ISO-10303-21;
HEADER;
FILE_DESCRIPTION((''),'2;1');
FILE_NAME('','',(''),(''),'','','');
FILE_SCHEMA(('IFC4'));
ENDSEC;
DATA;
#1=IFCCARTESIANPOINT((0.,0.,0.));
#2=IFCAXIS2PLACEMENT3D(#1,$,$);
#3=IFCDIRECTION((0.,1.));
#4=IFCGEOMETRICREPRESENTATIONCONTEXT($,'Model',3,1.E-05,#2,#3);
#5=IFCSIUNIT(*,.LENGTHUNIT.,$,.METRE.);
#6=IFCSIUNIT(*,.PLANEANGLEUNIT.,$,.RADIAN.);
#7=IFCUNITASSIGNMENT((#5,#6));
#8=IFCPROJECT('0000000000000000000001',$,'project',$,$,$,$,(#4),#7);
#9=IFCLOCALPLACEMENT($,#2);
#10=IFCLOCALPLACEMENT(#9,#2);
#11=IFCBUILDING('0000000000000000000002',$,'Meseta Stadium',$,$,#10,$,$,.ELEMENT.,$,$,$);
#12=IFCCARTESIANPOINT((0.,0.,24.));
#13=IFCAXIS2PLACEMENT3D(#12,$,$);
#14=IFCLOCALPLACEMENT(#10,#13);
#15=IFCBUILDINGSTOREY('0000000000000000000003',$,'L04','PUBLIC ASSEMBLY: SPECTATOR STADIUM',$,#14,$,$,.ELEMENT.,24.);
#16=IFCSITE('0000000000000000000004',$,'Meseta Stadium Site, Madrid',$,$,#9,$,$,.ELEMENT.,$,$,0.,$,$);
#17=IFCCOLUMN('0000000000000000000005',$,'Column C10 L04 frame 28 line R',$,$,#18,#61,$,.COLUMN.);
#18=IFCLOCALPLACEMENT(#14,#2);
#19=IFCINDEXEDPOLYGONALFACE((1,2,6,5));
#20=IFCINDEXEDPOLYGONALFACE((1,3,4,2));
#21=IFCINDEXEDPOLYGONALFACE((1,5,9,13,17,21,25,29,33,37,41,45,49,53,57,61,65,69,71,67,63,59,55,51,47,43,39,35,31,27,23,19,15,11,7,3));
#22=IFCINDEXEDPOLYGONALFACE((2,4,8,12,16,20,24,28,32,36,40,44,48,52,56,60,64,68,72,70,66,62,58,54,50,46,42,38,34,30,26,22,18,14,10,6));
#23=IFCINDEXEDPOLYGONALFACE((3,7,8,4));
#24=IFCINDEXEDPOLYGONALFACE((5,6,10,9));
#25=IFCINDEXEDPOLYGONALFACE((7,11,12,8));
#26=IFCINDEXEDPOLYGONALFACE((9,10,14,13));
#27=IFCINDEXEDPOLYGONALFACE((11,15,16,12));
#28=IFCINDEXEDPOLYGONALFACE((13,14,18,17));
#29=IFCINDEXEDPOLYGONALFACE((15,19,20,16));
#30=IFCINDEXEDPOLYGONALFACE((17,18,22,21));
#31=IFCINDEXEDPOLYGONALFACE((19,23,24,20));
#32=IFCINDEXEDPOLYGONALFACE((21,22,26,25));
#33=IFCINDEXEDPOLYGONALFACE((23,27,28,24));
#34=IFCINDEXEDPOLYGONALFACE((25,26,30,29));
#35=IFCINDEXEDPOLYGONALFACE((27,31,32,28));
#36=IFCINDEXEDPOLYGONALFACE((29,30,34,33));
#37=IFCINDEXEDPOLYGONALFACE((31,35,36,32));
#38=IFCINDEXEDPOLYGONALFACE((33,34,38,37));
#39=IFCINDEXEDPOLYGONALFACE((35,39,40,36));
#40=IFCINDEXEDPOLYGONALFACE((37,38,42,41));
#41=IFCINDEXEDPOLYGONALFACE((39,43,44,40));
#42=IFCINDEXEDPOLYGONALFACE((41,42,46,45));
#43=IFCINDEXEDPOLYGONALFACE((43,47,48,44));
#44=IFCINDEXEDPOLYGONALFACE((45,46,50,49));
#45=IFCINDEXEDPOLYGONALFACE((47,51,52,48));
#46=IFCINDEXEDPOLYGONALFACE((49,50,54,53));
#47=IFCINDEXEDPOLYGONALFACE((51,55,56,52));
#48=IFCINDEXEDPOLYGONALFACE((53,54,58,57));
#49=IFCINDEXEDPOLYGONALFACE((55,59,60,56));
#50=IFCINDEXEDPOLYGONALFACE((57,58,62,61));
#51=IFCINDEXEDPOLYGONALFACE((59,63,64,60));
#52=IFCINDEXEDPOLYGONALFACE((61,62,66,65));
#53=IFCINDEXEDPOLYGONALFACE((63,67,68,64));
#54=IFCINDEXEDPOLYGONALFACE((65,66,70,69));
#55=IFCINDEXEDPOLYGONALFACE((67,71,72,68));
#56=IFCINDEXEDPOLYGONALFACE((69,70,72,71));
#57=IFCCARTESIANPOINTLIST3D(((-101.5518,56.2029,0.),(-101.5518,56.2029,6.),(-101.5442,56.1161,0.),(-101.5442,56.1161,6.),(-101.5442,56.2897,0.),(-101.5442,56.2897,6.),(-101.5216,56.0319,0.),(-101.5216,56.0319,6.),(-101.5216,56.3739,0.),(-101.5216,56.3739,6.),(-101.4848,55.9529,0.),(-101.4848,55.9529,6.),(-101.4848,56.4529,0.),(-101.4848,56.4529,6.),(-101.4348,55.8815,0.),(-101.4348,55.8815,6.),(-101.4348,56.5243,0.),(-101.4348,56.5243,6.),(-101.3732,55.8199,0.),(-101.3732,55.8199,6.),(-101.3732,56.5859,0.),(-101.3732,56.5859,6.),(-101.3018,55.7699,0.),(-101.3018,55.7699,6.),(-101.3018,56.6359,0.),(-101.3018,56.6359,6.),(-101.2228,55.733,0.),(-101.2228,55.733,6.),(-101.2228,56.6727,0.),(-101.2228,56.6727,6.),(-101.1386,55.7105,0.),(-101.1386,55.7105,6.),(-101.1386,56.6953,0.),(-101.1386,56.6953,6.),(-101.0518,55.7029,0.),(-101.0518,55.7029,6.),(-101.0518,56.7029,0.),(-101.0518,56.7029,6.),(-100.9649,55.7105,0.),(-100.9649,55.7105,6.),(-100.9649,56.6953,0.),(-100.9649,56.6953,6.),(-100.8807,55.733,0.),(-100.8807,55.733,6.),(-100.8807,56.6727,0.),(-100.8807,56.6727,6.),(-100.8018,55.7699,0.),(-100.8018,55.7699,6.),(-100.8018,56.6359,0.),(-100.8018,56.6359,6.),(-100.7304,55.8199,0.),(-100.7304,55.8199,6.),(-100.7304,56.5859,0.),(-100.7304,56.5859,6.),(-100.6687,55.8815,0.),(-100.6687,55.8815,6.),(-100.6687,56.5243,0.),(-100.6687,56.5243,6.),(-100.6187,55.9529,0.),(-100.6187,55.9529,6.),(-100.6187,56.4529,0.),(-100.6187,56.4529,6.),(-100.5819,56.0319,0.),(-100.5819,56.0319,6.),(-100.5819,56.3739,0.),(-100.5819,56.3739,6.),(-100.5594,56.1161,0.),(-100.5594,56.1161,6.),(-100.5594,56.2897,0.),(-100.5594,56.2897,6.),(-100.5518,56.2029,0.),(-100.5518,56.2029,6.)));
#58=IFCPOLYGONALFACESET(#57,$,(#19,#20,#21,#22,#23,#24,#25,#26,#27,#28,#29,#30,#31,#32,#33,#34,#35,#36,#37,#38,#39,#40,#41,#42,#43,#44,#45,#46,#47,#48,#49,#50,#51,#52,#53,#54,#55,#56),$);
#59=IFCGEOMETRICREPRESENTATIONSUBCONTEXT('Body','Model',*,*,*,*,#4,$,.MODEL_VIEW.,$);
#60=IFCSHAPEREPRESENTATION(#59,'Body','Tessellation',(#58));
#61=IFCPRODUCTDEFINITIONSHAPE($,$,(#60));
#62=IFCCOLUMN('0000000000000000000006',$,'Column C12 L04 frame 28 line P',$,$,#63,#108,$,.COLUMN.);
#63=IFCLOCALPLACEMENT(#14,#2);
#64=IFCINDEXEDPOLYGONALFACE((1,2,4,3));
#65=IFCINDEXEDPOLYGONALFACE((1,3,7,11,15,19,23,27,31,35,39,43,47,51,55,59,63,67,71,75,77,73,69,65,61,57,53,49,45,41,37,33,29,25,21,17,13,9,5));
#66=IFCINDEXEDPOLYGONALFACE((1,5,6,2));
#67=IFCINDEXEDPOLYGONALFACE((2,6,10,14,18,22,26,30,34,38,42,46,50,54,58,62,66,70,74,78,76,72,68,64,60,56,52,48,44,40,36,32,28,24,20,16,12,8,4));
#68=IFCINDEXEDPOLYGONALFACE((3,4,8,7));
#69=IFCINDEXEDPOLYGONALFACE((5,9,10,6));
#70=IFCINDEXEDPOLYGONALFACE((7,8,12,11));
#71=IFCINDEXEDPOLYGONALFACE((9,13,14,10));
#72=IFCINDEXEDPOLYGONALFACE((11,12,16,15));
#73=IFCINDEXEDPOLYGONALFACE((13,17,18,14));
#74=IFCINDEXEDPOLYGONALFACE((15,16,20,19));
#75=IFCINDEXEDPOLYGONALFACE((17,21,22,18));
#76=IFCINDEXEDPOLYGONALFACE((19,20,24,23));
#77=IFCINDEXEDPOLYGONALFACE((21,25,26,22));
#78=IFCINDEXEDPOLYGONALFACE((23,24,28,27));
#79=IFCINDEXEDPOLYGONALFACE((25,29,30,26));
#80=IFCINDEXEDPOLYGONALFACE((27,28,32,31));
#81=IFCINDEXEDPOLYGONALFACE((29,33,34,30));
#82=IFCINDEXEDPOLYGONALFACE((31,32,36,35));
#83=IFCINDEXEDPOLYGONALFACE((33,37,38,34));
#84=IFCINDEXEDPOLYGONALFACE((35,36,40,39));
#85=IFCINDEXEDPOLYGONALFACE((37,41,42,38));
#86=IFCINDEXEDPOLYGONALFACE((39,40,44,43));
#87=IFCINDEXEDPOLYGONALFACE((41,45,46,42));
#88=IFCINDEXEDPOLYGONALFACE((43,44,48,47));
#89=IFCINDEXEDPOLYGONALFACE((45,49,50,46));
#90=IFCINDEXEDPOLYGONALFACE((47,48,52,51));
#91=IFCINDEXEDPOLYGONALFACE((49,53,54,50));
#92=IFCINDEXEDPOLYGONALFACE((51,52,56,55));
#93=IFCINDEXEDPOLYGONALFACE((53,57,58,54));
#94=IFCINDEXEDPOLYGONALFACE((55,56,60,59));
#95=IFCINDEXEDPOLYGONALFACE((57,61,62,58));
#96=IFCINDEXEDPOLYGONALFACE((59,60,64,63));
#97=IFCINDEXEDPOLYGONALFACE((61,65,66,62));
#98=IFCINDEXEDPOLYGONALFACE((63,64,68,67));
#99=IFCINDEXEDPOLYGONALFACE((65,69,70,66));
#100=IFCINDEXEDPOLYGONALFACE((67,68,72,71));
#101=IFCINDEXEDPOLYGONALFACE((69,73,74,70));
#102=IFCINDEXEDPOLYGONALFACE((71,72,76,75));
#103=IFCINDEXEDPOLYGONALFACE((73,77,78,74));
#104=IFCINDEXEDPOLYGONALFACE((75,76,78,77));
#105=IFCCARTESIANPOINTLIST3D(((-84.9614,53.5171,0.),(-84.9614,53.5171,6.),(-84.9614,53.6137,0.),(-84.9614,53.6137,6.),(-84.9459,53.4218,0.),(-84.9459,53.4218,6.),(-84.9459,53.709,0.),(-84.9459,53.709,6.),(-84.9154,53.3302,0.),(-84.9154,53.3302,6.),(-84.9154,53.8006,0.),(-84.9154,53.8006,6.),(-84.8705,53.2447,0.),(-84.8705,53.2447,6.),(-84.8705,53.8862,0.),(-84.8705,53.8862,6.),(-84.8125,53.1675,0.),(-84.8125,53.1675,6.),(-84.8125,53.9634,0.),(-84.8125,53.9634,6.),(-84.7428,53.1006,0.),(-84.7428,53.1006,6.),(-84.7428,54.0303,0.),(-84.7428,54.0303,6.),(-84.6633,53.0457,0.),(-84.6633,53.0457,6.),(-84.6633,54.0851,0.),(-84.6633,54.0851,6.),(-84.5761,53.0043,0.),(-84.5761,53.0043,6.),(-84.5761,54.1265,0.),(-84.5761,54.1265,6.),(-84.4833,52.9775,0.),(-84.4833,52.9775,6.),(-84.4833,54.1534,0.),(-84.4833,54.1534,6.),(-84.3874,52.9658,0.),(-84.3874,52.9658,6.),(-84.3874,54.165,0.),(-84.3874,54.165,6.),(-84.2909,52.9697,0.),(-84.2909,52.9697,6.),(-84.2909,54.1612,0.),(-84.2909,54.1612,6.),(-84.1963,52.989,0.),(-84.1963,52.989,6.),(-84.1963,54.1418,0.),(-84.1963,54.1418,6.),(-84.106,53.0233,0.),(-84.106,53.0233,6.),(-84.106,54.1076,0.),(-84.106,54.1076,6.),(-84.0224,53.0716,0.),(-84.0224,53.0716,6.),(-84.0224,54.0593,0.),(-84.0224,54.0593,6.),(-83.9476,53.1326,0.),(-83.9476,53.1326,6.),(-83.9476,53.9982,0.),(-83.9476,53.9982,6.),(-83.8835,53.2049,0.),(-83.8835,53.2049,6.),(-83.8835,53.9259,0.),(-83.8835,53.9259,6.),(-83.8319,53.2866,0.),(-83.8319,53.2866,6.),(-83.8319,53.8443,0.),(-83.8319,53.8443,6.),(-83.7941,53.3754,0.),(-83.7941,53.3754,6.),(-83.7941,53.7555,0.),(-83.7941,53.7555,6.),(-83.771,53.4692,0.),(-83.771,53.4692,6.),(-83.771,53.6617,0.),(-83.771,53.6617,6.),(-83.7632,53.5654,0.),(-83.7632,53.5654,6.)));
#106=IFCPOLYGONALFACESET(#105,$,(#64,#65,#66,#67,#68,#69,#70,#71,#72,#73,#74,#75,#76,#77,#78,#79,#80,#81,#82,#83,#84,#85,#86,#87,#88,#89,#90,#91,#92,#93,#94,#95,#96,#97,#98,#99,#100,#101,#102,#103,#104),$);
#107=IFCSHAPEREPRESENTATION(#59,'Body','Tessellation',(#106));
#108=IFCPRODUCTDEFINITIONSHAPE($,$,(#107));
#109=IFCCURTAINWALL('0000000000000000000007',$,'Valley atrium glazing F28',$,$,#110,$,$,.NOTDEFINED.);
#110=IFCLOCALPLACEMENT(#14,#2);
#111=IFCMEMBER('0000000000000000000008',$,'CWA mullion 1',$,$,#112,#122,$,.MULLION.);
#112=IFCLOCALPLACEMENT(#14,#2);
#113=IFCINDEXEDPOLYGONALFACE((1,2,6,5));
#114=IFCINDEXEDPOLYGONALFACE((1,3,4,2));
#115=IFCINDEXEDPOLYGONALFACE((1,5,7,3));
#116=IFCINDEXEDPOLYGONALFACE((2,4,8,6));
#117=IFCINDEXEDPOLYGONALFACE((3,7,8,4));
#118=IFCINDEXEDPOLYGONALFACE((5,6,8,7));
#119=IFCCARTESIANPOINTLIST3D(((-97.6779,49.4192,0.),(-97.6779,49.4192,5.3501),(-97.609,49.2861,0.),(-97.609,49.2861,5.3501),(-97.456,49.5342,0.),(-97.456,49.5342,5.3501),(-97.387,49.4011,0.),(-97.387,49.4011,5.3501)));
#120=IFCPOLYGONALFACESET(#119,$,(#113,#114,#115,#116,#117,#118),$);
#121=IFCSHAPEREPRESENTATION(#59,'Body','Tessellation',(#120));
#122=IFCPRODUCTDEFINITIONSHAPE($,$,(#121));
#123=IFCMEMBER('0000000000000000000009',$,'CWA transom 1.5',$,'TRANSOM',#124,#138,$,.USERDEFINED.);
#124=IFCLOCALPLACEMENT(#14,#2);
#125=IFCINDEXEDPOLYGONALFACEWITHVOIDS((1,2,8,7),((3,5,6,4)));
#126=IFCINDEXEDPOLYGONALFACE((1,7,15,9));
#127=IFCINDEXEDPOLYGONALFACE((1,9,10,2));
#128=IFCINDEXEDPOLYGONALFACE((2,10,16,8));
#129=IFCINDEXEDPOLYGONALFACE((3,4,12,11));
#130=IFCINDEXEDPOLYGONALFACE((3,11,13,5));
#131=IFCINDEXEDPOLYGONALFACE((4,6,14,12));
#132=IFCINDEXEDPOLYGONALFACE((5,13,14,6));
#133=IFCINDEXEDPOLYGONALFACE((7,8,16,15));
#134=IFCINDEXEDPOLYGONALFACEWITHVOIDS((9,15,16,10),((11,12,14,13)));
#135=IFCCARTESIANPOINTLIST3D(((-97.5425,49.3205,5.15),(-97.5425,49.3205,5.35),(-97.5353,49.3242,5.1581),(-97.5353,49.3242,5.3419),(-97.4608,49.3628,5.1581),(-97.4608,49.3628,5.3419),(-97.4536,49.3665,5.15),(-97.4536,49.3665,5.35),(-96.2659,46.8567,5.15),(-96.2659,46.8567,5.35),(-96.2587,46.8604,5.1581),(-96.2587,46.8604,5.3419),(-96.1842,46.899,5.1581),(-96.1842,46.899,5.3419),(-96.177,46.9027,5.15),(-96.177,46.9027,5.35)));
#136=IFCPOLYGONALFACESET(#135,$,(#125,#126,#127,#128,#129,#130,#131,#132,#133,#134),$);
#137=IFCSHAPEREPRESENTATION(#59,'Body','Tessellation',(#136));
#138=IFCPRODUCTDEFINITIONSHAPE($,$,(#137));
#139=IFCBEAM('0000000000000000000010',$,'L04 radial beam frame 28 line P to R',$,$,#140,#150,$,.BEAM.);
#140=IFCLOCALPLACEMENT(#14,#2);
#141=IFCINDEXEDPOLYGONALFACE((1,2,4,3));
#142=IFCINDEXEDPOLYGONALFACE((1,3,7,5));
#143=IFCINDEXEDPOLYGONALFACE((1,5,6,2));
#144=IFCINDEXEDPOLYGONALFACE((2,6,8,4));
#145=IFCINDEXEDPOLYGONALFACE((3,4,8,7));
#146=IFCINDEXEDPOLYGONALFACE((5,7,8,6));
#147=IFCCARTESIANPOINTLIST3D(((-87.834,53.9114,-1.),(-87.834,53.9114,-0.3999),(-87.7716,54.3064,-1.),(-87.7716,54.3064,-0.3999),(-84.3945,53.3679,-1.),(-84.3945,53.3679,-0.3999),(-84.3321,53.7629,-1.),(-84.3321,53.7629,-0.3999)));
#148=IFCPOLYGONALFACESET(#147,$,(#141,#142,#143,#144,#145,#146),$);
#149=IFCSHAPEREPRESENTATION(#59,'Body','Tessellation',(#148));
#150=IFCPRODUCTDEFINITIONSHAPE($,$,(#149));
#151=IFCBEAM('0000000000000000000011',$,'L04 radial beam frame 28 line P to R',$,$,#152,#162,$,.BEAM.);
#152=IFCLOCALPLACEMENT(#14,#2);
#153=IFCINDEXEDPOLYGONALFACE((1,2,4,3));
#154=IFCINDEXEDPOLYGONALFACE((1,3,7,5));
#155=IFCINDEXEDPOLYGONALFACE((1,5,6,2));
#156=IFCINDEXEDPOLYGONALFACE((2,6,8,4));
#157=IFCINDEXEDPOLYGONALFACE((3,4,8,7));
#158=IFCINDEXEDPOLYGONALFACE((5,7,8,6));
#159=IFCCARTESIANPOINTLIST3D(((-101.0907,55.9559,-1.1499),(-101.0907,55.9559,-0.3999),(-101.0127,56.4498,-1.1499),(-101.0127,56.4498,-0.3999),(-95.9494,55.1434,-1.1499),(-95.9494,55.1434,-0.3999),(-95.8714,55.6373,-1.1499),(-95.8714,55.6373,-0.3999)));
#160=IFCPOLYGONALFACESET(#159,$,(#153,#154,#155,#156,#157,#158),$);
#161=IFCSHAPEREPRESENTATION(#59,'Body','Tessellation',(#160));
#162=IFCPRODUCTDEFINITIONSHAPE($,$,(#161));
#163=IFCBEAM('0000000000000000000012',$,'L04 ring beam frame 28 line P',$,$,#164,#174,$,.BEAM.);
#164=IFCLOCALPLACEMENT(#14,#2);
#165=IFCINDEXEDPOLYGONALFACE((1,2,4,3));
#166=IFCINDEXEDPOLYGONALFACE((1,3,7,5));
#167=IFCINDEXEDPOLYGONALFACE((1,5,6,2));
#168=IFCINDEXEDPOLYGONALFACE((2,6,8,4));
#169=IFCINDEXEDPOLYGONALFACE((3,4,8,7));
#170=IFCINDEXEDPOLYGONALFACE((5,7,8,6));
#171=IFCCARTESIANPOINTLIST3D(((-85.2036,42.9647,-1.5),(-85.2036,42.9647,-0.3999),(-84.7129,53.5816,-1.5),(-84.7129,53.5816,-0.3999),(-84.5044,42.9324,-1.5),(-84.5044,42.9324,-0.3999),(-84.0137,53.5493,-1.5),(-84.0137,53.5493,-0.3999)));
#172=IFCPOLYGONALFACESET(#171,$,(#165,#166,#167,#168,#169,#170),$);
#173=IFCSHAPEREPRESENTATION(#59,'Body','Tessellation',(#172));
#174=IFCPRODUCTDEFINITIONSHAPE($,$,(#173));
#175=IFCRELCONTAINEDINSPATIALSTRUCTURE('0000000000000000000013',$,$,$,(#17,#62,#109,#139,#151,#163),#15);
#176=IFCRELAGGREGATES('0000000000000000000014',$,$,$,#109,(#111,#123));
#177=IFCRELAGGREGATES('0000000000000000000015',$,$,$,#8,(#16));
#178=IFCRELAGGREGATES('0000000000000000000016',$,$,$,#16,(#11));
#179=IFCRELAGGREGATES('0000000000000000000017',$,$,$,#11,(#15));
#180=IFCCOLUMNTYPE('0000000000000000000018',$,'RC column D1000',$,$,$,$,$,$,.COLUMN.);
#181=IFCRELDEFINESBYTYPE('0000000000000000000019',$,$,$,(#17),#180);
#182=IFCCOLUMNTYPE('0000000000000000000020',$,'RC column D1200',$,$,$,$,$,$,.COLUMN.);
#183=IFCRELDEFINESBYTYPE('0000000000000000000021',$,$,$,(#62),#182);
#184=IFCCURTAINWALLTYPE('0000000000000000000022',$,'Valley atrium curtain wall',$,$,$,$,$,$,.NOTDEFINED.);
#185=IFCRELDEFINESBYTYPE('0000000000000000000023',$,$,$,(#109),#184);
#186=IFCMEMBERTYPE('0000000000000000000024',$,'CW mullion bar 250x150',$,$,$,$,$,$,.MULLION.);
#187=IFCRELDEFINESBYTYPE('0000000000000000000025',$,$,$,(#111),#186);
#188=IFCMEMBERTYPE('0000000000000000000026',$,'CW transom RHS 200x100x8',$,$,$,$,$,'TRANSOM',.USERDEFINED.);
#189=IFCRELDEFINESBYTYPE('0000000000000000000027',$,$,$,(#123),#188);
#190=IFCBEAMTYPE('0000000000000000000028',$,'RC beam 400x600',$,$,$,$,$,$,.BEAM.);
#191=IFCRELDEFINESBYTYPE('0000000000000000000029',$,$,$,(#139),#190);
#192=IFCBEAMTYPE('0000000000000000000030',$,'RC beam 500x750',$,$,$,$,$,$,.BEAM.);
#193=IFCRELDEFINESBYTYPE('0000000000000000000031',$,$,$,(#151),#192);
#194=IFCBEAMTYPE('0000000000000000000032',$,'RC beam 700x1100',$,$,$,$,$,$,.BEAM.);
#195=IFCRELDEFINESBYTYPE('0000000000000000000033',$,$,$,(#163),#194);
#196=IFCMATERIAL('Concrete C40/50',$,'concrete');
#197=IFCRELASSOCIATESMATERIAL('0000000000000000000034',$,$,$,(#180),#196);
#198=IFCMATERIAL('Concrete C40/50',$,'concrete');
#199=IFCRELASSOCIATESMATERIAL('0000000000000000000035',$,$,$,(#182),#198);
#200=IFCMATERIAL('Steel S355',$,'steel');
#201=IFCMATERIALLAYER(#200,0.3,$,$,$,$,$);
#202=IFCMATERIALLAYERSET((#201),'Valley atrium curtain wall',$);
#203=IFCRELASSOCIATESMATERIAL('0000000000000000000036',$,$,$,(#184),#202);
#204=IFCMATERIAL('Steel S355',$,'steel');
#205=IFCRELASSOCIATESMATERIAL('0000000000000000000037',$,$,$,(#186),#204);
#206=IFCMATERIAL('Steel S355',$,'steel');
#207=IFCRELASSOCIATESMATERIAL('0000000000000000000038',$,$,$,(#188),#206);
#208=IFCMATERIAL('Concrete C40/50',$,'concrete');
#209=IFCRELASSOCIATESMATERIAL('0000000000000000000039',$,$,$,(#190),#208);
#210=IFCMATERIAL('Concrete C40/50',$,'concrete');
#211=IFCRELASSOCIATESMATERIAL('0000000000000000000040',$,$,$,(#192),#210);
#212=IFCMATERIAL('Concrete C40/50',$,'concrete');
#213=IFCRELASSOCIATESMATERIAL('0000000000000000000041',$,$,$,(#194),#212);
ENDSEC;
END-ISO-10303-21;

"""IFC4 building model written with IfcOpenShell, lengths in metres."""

from ifc_helpers import new_model, si_unit, direction, frame, origin, origin_2d, place, context, subcontext, project, spatial, rectangle, hollow_rectangle, circle, extrude, material, layer, layer_set, material_profile, profile_set, type_object, element, aggregate, save


model = new_model("IFC4")

# Units and contexts
model_context = context("Model", 3, precision=1e-05, world=origin(), true_north=direction((0.0, 1.0)))
body_context = subcontext(model_context, "Body", "Model", "MODEL_VIEW")
ifc_project = project(units=[si_unit("LENGTHUNIT", "METRE"), si_unit("PLANEANGLEUNIT", "RADIAN")], contexts=[model_context])

# Site, building, storey
site_placement = place(None, origin())
site = spatial("IfcSite", under=ifc_project, at=site_placement, Name="Meseta Stadium Site, Madrid", CompositionType="ELEMENT", RefElevation=0.0)
building_placement = place(site_placement, origin())
building = spatial("IfcBuilding", under=site, at=building_placement, Name="Meseta Stadium", CompositionType="ELEMENT")
storey_placement = place(building_placement, frame((0.0, 0.0, 24.0)))
storey = spatial("IfcBuildingStorey", under=building, at=storey_placement, Name="L04", Description="PUBLIC ASSEMBLY: SPECTATOR STADIUM", CompositionType="ELEMENT", Elevation=24.0)

# Columns
ifc_material_1 = material(Name="Concrete C40/50", Category="concrete")
ifc_material_profile_1 = material_profile(ifc_material_1, circle(Radius=0.5, at=origin_2d()), Name="RC D1000")
ifc_profile_set_1 = profile_set([ifc_material_profile_1], Name="Concrete C40/50")
column_type_1 = type_object("IfcColumnType", Name="RC column D1000", PredefinedType="COLUMN", material=ifc_profile_set_1)
column_1_placement = place(storey_placement, frame((-101.0518, 56.2029, 0.0), z_axis=(0.0, 0.0, 1.0), x_axis=(1.0, 0.0, 0.0)))
element("IfcColumn", 1, at=column_1_placement, inside=storey, type_object=column_type_1, Name="Column C10 L04 frame 28 line R", PredefinedType="COLUMN", context=body_context, shape_type="SweptSolid", body=[
    extrude(circle(Radius=0.5, at=origin_2d()), origin(), (0.0, 0.0, 1.0), 6.0),
])
ifc_material_2 = material(Name="Concrete C40/50", Category="concrete")
ifc_material_profile_2 = material_profile(ifc_material_2, circle(Radius=0.6001, at=origin_2d()), Name="RC D1200")
ifc_profile_set_2 = profile_set([ifc_material_profile_2], Name="Concrete C40/50")
column_type_2 = type_object("IfcColumnType", Name="RC column D1200", PredefinedType="COLUMN", material=ifc_profile_set_2)
column_2_placement = place(storey_placement, frame((-84.3633, 53.5654, 0.0), z_axis=(0.0, 0.0, 1.0), x_axis=(1.0, 0.0, 0.0)))
element("IfcColumn", 2, at=column_2_placement, inside=storey, type_object=column_type_2, Name="Column C12 L04 frame 28 line P", PredefinedType="COLUMN", context=body_context, shape_type="SweptSolid", body=[
    extrude(circle(Radius=0.6001, at=origin_2d()), origin(), (0.0, 0.0, 1.0), 6.0),
])

# Curtain wall, members
ifc_material_3 = material(Name="Steel S355", Category="steel")
ifc_layer_1 = layer(ifc_material_3, 0.3)
ifc_layer_set_1 = layer_set([ifc_layer_1], Name="Valley atrium curtain wall")
curtain_wall_type = type_object("IfcCurtainWallType", Name="Valley atrium curtain wall", PredefinedType="NOTDEFINED", material=ifc_layer_set_1)
curtain_wall_placement = place(storey_placement, origin())
curtain_wall = element("IfcCurtainWall", 3, at=curtain_wall_placement, inside=storey, type_object=curtain_wall_type, Name="Valley atrium glazing F28", PredefinedType="NOTDEFINED")
ifc_material_4 = material(Name="Steel S355", Category="steel")
ifc_material_profile_3 = material_profile(ifc_material_4, rectangle(XDim=0.25, YDim=0.1499, at=origin_2d()), Name="CW 250x150")
ifc_profile_set_3 = profile_set([ifc_material_profile_3], Name="Steel S355")
member_type_1 = type_object("IfcMemberType", Name="CW mullion bar 250x150", PredefinedType="MULLION", material=ifc_profile_set_3)
member_1_placement = place(storey_placement, frame((-97.5325, 49.4102, 0.0), z_axis=(0.0, 0.0, 1.0), x_axis=(0.887911, 0.460016, 0.0)))
member_1 = element("IfcMember", 4, at=member_1_placement, type_object=member_type_1, Name="CWA mullion 1", PredefinedType="MULLION", context=body_context, shape_type="SweptSolid", body=[
    extrude(rectangle(XDim=0.25, YDim=0.1499, at=origin_2d()), origin(), (0.0, 0.0, 1.0), 5.3501),
])
ifc_material_5 = material(Name="Steel S355", Category="steel")
ifc_material_profile_4 = material_profile(ifc_material_5, hollow_rectangle(XDim=0.1001, YDim=0.2, WallThickness=0.0081, at=origin_2d()), Name="RHS 200x100x8")
ifc_profile_set_4 = profile_set([ifc_material_profile_4], Name="Steel S355")
member_type_2 = type_object("IfcMemberType", Name="CW transom RHS 200x100x8", ElementType="TRANSOM", PredefinedType="USERDEFINED", material=ifc_profile_set_4)
member_2_placement = place(storey_placement, frame((-97.498, 49.3435, 5.25), z_axis=(0.460047, -0.887894, 0.0), x_axis=(0.887894, 0.460047, 0.0)))
member_2 = element("IfcMember", 5, at=member_2_placement, type_object=member_type_2, Name="CWA transom 1.5", ObjectType="TRANSOM", PredefinedType="USERDEFINED", context=body_context, shape_type="SweptSolid", body=[
    extrude(hollow_rectangle(XDim=0.1001, YDim=0.2, WallThickness=0.0081, at=origin_2d()), origin(), (0.0, 0.0, 1.0), 2.7749),
])
aggregate(curtain_wall, [member_1, member_2])

# Beams
ifc_material_6 = material(Name="Concrete C40/50", Category="concrete")
ifc_material_profile_5 = material_profile(ifc_material_6, rectangle(XDim=0.3999, YDim=0.6001, at=origin_2d()), Name="RC 400x600")
ifc_profile_set_5 = profile_set([ifc_material_profile_5], Name="Concrete C40/50")
beam_type_1 = type_object("IfcBeamType", Name="RC beam 400x600", PredefinedType="BEAM", material=ifc_profile_set_5)
beam_1_placement = place(storey_placement, frame((-84.3633, 53.5654, -0.7), z_axis=(-0.987746, 0.156071, 0.0), x_axis=(-0.156071, -0.987746, 0.0)))
element("IfcBeam", 6, at=beam_1_placement, inside=storey, type_object=beam_type_1, Name="L04 radial beam frame 28 line P to R", PredefinedType="BEAM", context=body_context, shape_type="SweptSolid", body=[
    extrude(rectangle(XDim=0.3999, YDim=0.6001, at=origin_2d()), origin(), (0.0, 0.0, 1.0), 3.4822),
])
ifc_material_7 = material(Name="Concrete C40/50", Category="concrete")
ifc_material_profile_6 = material_profile(ifc_material_7, rectangle(XDim=0.5, YDim=0.75, at=origin_2d()), Name="RC 500x750")
ifc_profile_set_6 = profile_set([ifc_material_profile_6], Name="Concrete C40/50")
beam_type_2 = type_object("IfcBeamType", Name="RC beam 500x750", PredefinedType="BEAM", material=ifc_profile_set_6)
beam_2_placement = place(storey_placement, frame((-95.9104, 55.3904, -0.7749), z_axis=(-0.987742, 0.156095, 0.0), x_axis=(-0.156095, -0.987742, 0.0)))
element("IfcBeam", 7, at=beam_2_placement, inside=storey, type_object=beam_type_2, Name="L04 radial beam frame 28 line P to R", PredefinedType="BEAM", context=body_context, shape_type="SweptSolid", body=[
    extrude(rectangle(XDim=0.5, YDim=0.75, at=origin_2d()), origin(), (0.0, 0.0, 1.0), 5.2051),
])
ifc_material_8 = material(Name="Concrete C40/50", Category="concrete")
ifc_material_profile_7 = material_profile(ifc_material_8, rectangle(XDim=0.7, YDim=1.1001, at=origin_2d()), Name="RC 700x1100")
ifc_profile_set_7 = profile_set([ifc_material_profile_7], Name="Concrete C40/50")
beam_type_3 = type_object("IfcBeamType", Name="RC beam 700x1100", PredefinedType="BEAM", material=ifc_profile_set_7)
beam_3_placement = place(storey_placement, frame((-84.3633, 53.5654, -0.95), z_axis=(-0.046171, -0.998934, 0.0), x_axis=(0.998934, -0.046171, 0.0)))
element("IfcBeam", 8, at=beam_3_placement, inside=storey, type_object=beam_type_3, Name="L04 ring beam frame 28 line P", PredefinedType="BEAM", context=body_context, shape_type="SweptSolid", body=[
    extrude(rectangle(XDim=0.7, YDim=1.1001, at=origin_2d()), origin(), (0.0, 0.0, 1.0), 10.6282),
])

save(model, "model.ifc")
